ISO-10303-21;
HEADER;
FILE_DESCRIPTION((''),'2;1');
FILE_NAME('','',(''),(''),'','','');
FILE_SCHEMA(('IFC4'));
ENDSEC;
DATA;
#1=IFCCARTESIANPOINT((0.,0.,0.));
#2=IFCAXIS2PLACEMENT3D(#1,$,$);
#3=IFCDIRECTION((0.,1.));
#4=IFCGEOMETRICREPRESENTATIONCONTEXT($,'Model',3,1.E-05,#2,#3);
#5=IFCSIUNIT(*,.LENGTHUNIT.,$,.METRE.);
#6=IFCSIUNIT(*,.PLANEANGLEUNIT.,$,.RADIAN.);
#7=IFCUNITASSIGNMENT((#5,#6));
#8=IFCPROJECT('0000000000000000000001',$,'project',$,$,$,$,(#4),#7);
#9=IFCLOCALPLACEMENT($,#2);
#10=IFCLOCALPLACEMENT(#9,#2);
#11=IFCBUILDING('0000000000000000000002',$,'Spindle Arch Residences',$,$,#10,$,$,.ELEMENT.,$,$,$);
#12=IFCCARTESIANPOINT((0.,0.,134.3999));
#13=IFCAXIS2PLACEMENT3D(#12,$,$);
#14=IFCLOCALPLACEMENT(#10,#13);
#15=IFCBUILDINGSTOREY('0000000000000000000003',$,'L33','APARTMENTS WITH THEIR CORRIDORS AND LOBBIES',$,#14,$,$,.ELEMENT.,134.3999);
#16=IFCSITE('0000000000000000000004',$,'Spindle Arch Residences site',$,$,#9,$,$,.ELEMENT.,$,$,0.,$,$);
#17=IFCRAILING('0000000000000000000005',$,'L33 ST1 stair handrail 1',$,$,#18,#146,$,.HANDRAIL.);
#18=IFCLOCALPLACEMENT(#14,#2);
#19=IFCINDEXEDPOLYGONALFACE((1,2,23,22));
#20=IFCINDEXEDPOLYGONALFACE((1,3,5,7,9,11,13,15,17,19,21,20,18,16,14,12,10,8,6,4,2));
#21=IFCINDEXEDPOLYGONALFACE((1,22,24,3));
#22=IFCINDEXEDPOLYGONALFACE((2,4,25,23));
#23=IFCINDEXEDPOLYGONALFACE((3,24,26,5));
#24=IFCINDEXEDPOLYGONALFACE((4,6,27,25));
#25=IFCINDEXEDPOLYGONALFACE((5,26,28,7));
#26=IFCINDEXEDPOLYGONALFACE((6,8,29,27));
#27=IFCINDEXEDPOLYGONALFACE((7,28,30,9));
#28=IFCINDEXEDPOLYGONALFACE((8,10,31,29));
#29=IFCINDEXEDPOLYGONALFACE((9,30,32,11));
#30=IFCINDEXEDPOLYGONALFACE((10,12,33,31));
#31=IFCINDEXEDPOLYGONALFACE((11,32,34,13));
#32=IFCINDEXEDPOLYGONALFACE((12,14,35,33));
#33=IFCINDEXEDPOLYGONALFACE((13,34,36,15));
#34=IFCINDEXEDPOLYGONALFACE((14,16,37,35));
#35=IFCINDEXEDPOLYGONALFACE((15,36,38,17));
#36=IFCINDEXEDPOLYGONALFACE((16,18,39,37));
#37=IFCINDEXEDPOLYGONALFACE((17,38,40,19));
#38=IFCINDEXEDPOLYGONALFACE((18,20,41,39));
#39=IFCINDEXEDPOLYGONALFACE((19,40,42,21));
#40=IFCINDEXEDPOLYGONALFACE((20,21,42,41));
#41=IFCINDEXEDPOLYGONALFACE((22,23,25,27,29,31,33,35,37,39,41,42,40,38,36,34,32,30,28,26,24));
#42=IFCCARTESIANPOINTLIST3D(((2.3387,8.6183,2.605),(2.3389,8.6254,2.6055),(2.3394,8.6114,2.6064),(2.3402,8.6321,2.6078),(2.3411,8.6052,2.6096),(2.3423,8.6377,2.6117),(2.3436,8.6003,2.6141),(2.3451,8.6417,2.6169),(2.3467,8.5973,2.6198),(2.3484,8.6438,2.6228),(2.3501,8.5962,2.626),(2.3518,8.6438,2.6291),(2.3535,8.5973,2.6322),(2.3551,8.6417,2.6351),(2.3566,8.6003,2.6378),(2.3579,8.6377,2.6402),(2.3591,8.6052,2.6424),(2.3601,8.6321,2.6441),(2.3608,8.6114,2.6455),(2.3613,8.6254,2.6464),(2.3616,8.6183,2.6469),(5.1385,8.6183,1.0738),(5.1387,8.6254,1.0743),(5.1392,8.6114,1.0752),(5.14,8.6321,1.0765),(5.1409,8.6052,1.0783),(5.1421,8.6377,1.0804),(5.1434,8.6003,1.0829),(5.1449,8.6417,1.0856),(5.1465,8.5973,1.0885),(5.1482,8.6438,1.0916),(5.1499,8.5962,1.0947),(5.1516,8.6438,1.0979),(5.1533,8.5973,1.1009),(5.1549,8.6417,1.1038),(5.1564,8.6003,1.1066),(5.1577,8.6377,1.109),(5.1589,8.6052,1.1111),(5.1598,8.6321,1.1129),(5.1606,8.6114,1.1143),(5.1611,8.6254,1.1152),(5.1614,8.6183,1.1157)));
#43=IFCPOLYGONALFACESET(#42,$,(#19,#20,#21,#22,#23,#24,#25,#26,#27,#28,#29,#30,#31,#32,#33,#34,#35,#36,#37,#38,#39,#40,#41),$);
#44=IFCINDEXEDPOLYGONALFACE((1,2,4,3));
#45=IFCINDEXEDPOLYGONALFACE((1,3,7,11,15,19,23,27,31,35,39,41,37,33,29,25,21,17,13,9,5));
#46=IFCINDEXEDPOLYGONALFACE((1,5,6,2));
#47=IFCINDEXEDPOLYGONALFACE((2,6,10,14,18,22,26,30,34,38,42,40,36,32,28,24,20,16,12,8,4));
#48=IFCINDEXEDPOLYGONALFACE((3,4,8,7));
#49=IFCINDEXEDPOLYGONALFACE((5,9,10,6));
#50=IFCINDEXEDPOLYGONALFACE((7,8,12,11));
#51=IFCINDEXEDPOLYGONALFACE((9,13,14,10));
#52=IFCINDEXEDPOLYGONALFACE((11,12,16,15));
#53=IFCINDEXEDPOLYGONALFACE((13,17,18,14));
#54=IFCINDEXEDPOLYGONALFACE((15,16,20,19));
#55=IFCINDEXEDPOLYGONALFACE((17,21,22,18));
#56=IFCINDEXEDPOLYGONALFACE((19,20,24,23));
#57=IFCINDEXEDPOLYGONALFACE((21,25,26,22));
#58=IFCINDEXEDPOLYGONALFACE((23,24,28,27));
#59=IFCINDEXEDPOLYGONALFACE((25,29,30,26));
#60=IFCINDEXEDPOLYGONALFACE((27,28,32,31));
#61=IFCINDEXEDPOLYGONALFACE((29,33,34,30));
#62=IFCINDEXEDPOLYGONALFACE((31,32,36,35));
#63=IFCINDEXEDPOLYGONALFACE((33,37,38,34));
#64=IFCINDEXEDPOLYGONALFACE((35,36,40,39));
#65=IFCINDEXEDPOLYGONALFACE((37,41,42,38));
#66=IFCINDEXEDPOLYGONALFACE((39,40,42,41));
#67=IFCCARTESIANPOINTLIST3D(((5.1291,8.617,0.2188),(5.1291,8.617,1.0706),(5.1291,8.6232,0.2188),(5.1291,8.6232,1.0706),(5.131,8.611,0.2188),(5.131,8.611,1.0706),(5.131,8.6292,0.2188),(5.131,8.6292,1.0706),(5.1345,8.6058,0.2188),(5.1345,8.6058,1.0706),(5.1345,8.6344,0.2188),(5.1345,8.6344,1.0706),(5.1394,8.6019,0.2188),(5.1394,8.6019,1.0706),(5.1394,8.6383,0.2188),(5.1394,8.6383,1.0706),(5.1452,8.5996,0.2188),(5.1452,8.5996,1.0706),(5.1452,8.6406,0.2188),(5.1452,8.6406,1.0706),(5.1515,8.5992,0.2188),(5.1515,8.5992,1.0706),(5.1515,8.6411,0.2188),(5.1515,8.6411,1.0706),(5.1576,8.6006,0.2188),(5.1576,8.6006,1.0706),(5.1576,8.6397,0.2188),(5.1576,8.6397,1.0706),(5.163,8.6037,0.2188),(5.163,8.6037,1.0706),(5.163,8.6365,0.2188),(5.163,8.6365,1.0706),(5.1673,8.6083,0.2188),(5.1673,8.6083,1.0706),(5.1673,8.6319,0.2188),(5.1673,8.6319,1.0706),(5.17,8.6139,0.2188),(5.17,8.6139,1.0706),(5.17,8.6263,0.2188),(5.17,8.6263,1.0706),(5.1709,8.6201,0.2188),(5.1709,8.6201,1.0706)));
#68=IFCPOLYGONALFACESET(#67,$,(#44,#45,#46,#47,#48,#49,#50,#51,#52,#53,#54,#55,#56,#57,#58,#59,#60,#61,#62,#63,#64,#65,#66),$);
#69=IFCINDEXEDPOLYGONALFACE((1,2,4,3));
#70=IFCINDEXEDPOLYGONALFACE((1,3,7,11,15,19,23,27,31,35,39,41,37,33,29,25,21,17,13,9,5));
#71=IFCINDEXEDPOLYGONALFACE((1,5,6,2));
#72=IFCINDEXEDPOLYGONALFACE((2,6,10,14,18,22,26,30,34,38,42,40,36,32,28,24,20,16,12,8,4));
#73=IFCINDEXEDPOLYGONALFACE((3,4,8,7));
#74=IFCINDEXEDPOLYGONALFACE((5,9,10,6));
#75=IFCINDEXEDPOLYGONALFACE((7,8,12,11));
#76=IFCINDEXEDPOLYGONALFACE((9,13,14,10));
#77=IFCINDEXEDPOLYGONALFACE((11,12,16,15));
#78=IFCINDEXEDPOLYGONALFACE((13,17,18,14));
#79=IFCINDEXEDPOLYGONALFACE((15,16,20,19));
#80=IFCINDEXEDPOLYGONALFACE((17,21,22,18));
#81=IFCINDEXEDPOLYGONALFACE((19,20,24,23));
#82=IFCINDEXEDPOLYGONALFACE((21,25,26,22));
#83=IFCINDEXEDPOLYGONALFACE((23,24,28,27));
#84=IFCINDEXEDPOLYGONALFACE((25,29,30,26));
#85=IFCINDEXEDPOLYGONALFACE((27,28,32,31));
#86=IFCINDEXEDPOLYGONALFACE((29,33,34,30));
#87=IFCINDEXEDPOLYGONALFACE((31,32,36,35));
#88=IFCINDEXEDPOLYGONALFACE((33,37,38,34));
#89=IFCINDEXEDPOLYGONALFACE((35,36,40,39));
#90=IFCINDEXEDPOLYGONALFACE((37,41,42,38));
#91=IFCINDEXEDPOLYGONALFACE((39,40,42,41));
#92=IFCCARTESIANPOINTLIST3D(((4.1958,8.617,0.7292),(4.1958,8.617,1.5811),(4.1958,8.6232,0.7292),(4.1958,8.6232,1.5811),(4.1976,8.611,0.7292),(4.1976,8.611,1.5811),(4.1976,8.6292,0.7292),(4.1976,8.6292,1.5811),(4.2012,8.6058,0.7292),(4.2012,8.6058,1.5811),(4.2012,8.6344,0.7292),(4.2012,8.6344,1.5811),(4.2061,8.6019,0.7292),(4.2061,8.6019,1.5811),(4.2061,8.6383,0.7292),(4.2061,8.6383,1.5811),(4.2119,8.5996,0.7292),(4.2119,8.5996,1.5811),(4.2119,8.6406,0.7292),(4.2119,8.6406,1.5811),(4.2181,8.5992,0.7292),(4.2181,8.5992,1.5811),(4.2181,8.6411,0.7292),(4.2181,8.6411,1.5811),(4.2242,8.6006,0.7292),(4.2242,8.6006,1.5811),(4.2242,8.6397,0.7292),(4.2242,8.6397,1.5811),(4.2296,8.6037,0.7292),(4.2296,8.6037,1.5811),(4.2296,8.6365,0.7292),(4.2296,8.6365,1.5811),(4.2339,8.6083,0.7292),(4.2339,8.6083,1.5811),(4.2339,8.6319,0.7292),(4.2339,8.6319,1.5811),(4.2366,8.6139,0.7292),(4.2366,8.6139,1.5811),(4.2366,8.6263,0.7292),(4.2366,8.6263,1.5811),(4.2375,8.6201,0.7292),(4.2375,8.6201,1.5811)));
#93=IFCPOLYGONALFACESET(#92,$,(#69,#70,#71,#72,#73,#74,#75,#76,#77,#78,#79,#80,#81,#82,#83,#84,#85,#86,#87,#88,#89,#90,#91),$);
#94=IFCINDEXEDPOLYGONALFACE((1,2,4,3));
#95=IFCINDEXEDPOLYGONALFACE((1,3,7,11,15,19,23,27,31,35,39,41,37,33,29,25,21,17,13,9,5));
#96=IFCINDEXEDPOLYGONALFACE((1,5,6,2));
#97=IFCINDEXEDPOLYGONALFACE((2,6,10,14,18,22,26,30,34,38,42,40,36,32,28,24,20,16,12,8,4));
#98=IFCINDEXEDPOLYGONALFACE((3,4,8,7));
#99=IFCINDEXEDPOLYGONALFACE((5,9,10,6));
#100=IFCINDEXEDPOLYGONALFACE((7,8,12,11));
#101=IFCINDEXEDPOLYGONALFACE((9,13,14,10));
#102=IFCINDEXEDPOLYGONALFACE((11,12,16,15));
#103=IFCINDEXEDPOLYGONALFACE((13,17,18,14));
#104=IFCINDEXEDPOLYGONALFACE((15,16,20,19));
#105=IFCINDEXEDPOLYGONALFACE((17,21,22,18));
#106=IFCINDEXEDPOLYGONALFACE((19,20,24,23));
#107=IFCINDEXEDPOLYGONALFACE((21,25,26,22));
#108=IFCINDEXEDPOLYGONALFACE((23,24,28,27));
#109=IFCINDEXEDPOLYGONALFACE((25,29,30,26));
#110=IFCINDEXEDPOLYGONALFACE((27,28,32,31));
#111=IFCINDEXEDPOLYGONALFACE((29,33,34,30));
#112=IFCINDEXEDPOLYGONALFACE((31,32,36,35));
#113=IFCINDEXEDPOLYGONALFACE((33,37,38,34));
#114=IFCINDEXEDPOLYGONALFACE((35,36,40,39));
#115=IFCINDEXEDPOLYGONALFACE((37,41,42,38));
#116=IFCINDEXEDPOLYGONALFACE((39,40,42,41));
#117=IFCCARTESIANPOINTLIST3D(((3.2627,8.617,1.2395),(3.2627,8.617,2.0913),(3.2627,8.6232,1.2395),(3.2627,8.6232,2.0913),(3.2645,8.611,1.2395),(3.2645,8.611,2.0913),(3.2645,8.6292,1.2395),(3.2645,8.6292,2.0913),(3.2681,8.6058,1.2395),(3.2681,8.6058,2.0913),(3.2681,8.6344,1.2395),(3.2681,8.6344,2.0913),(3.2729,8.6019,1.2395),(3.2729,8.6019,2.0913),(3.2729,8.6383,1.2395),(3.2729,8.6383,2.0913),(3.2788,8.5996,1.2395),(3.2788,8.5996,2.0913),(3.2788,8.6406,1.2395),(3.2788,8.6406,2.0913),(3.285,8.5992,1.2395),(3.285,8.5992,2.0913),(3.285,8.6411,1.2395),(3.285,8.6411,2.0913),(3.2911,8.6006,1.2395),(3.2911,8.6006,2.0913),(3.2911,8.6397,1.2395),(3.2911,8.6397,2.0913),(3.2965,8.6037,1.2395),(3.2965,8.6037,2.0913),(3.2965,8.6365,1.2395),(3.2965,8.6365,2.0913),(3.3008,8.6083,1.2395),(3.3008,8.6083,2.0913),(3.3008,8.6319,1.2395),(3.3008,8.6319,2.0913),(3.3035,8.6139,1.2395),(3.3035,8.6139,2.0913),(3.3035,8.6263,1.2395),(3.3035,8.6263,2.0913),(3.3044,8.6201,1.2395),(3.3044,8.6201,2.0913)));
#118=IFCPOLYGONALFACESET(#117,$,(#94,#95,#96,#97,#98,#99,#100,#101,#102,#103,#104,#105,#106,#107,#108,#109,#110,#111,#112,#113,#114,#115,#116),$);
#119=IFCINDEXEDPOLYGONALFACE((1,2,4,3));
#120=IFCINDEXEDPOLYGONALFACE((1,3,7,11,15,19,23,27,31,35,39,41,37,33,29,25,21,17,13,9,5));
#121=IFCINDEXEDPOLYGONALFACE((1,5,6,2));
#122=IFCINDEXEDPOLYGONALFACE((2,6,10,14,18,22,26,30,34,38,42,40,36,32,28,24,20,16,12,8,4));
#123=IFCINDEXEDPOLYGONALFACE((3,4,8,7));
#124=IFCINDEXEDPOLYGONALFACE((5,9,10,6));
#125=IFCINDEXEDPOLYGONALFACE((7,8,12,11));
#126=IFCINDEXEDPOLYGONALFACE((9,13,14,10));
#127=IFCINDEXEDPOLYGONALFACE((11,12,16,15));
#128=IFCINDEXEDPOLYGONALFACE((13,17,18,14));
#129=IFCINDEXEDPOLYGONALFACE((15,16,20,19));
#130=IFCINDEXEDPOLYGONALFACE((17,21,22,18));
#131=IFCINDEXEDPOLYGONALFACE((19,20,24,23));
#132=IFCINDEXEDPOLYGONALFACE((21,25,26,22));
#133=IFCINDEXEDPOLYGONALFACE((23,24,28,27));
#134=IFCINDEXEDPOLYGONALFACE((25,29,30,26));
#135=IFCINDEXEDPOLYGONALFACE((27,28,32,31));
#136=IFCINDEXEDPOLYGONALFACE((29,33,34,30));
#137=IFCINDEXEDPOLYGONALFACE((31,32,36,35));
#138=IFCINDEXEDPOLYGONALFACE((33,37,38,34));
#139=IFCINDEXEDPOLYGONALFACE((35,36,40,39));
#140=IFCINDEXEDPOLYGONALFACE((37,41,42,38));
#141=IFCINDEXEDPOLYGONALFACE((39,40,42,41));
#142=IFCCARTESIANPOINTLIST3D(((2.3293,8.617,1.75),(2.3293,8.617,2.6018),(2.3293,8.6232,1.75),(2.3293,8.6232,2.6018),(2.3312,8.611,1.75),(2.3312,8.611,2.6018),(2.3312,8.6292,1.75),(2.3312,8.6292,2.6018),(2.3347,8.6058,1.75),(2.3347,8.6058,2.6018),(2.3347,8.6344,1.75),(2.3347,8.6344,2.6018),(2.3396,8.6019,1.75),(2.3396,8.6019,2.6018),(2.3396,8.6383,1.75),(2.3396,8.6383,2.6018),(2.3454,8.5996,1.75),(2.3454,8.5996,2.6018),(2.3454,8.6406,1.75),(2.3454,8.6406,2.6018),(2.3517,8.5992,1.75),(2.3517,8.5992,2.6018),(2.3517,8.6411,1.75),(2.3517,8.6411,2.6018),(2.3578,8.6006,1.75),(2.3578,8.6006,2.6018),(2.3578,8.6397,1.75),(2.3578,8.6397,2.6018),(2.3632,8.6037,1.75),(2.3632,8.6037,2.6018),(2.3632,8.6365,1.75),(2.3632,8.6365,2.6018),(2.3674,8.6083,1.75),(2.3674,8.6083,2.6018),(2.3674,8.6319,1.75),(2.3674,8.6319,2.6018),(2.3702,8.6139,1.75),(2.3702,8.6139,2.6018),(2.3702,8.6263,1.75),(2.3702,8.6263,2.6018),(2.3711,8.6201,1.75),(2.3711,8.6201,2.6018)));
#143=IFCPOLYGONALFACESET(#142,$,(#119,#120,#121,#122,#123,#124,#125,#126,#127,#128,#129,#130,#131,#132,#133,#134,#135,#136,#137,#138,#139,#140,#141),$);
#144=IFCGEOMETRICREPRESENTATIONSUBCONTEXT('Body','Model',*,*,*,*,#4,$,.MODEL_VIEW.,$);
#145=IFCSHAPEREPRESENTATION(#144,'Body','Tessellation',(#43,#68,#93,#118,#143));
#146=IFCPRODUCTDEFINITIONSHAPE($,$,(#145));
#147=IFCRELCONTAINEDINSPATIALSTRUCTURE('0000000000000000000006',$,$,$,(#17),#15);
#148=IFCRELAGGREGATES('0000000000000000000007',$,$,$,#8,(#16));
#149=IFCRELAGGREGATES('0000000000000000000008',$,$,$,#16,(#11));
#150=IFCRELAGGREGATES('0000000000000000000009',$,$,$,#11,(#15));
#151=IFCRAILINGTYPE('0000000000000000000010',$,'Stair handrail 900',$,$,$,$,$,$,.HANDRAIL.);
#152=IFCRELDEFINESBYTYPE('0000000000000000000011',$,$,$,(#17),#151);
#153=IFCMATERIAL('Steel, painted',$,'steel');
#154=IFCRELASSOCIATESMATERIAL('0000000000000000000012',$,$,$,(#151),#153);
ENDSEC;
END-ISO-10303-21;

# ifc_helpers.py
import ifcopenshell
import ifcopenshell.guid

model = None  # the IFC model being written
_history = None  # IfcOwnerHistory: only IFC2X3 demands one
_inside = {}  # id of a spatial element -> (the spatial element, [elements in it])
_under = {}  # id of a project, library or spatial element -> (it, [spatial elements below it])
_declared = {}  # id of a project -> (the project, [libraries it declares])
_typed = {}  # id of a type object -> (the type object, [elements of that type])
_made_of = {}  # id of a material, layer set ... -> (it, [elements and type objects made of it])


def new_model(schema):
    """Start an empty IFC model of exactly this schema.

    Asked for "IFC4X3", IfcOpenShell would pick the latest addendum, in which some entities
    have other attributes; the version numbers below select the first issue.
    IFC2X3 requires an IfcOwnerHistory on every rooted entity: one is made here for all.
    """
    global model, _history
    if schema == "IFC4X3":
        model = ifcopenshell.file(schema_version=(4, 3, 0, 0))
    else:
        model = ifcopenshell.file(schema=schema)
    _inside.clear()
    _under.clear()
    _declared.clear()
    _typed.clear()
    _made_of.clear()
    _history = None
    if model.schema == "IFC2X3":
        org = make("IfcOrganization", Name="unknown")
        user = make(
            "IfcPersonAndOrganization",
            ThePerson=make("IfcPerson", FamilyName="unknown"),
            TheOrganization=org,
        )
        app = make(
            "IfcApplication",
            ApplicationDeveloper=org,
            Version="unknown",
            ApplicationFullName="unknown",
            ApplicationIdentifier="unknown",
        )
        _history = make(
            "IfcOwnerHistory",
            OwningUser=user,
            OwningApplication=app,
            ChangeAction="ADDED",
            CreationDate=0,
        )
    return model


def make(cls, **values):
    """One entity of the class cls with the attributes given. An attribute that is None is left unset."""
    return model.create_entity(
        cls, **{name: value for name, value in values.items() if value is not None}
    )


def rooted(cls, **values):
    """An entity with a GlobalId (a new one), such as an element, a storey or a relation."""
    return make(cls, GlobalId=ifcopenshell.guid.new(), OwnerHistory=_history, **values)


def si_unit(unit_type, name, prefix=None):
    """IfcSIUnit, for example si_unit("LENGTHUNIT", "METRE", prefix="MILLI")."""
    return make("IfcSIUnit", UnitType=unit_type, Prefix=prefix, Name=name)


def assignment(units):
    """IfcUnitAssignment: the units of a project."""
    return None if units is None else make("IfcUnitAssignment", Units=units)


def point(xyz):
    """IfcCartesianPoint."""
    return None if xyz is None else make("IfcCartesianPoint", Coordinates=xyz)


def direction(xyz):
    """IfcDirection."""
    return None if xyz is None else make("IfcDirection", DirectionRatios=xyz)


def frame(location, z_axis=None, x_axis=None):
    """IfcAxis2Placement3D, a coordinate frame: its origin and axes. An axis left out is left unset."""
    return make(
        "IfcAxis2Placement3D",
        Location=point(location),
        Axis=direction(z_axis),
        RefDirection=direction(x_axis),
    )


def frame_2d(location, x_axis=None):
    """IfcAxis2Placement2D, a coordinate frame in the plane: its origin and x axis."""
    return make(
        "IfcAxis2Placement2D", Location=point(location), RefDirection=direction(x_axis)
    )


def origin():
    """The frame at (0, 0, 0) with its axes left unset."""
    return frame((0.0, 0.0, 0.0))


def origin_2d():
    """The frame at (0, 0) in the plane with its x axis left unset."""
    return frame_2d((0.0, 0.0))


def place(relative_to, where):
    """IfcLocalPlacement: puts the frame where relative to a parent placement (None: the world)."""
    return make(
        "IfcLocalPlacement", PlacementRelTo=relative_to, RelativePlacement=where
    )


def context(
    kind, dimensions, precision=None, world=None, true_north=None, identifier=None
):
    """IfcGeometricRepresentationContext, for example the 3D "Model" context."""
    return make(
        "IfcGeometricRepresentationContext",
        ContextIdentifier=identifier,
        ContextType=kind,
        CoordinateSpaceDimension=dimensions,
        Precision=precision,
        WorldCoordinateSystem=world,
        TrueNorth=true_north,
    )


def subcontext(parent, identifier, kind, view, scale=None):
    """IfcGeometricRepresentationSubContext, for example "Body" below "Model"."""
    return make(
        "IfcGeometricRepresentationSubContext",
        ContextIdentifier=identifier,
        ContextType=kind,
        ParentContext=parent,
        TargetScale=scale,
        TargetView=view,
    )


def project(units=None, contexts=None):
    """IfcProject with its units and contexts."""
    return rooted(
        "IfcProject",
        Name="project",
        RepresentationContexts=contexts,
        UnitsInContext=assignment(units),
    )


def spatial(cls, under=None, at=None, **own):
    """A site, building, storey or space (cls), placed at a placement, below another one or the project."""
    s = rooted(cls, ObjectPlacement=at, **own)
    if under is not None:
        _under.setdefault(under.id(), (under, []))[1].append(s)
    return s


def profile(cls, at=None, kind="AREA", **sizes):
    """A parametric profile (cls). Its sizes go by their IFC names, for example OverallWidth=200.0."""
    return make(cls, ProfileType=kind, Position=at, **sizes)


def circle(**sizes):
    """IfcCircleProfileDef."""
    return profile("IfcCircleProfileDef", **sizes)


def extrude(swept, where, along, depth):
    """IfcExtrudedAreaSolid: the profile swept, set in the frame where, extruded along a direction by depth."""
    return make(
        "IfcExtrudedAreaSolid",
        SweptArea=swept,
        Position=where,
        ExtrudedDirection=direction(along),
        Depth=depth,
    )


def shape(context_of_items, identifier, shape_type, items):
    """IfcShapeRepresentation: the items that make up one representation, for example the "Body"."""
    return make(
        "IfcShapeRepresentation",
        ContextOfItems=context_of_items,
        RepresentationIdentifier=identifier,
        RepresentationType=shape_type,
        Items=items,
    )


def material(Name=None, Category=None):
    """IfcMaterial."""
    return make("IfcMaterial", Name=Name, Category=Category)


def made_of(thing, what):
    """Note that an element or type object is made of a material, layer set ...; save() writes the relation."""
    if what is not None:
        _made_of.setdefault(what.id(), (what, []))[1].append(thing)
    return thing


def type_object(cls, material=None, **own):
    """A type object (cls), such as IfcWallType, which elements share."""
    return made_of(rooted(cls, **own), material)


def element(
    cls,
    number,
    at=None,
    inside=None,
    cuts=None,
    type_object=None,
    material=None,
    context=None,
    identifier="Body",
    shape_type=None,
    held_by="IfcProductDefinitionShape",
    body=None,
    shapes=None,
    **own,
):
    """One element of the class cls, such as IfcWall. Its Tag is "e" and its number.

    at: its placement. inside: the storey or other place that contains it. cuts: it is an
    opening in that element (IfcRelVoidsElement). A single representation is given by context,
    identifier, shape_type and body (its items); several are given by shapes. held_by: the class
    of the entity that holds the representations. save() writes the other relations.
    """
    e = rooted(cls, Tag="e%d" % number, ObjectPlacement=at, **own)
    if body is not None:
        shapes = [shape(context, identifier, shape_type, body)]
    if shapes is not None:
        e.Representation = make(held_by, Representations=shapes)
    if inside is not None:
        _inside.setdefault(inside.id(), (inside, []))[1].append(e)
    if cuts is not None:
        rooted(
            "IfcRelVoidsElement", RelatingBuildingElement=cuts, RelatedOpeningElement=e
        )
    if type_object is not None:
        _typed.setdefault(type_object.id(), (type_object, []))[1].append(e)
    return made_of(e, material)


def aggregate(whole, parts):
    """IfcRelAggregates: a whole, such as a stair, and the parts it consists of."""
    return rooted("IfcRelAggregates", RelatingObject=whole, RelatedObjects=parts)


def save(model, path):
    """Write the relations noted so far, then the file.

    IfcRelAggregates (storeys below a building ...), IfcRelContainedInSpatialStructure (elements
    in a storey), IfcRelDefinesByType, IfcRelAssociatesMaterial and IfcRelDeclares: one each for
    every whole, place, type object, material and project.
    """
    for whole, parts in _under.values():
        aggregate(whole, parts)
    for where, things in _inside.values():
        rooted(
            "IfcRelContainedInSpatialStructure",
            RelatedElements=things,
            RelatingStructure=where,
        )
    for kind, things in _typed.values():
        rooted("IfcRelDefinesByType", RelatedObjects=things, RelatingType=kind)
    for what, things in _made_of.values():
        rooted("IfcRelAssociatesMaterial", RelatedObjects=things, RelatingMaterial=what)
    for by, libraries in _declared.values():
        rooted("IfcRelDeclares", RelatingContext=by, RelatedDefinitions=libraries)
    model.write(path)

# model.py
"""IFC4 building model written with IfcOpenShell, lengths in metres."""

from ifc_helpers import new_model, si_unit, direction, frame, origin, origin_2d, place, context, subcontext, project, spatial, circle, extrude, material, type_object, element, save


model = new_model("IFC4")

# Units and contexts
model_context = context("Model", 3, precision=1e-05, world=origin(), true_north=direction((0.0, 1.0)))
body_context = subcontext(model_context, "Body", "Model", "MODEL_VIEW")
ifc_project = project(units=[si_unit("LENGTHUNIT", "METRE"), si_unit("PLANEANGLEUNIT", "RADIAN")], contexts=[model_context])

# Site, building, storey
site_placement = place(None, origin())
site = spatial("IfcSite", under=ifc_project, at=site_placement, Name="Spindle Arch Residences site", CompositionType="ELEMENT", RefElevation=0.0)
building_placement = place(site_placement, origin())
building = spatial("IfcBuilding", under=site, at=building_placement, Name="Spindle Arch Residences", CompositionType="ELEMENT")
storey_placement = place(building_placement, frame((0.0, 0.0, 134.3999)))
storey = spatial("IfcBuildingStorey", under=building, at=storey_placement, Name="L33", Description="APARTMENTS WITH THEIR CORRIDORS AND LOBBIES", CompositionType="ELEMENT", Elevation=134.3999)

# Railing
ifc_material_1 = material(Name="Steel, painted", Category="steel")
railing_type = type_object("IfcRailingType", Name="Stair handrail 900", PredefinedType="HANDRAIL", material=ifc_material_1)
railing_placement = place(storey_placement, frame((5.1499, 8.6201, 0.2188)))
element("IfcRailing", 1, at=railing_placement, inside=storey, type_object=railing_type, Name="L33 ST1 stair handrail 1", PredefinedType="HANDRAIL", context=body_context, shape_type="SweptSolid", body=[
    extrude(circle(Radius=0.0239, at=origin_2d()), frame((0.0, 0.0, 0.876), z_axis=(-0.877357, 0.0, 0.479838), x_axis=(0.0, -1.0, 0.0)), (0.0, 0.0, 1.0), 3.1912),
    extrude(circle(Radius=0.021, at=origin_2d()), origin(), (0.0, 0.0, 1.0), 0.8518),
    extrude(circle(Radius=0.021, at=origin_2d()), frame((-0.9333, 0.0, 0.5105)), (0.0, 0.0, 1.0), 0.8518),
    extrude(circle(Radius=0.021, at=origin_2d()), frame((-1.8665, 0.0, 1.0208)), (0.0, 0.0, 1.0), 0.8518),
    extrude(circle(Radius=0.021, at=origin_2d()), frame((-2.7998, 0.0, 1.5312)), (0.0, 0.0, 1.0), 0.8518),
])

save(model, "model.ifc")
